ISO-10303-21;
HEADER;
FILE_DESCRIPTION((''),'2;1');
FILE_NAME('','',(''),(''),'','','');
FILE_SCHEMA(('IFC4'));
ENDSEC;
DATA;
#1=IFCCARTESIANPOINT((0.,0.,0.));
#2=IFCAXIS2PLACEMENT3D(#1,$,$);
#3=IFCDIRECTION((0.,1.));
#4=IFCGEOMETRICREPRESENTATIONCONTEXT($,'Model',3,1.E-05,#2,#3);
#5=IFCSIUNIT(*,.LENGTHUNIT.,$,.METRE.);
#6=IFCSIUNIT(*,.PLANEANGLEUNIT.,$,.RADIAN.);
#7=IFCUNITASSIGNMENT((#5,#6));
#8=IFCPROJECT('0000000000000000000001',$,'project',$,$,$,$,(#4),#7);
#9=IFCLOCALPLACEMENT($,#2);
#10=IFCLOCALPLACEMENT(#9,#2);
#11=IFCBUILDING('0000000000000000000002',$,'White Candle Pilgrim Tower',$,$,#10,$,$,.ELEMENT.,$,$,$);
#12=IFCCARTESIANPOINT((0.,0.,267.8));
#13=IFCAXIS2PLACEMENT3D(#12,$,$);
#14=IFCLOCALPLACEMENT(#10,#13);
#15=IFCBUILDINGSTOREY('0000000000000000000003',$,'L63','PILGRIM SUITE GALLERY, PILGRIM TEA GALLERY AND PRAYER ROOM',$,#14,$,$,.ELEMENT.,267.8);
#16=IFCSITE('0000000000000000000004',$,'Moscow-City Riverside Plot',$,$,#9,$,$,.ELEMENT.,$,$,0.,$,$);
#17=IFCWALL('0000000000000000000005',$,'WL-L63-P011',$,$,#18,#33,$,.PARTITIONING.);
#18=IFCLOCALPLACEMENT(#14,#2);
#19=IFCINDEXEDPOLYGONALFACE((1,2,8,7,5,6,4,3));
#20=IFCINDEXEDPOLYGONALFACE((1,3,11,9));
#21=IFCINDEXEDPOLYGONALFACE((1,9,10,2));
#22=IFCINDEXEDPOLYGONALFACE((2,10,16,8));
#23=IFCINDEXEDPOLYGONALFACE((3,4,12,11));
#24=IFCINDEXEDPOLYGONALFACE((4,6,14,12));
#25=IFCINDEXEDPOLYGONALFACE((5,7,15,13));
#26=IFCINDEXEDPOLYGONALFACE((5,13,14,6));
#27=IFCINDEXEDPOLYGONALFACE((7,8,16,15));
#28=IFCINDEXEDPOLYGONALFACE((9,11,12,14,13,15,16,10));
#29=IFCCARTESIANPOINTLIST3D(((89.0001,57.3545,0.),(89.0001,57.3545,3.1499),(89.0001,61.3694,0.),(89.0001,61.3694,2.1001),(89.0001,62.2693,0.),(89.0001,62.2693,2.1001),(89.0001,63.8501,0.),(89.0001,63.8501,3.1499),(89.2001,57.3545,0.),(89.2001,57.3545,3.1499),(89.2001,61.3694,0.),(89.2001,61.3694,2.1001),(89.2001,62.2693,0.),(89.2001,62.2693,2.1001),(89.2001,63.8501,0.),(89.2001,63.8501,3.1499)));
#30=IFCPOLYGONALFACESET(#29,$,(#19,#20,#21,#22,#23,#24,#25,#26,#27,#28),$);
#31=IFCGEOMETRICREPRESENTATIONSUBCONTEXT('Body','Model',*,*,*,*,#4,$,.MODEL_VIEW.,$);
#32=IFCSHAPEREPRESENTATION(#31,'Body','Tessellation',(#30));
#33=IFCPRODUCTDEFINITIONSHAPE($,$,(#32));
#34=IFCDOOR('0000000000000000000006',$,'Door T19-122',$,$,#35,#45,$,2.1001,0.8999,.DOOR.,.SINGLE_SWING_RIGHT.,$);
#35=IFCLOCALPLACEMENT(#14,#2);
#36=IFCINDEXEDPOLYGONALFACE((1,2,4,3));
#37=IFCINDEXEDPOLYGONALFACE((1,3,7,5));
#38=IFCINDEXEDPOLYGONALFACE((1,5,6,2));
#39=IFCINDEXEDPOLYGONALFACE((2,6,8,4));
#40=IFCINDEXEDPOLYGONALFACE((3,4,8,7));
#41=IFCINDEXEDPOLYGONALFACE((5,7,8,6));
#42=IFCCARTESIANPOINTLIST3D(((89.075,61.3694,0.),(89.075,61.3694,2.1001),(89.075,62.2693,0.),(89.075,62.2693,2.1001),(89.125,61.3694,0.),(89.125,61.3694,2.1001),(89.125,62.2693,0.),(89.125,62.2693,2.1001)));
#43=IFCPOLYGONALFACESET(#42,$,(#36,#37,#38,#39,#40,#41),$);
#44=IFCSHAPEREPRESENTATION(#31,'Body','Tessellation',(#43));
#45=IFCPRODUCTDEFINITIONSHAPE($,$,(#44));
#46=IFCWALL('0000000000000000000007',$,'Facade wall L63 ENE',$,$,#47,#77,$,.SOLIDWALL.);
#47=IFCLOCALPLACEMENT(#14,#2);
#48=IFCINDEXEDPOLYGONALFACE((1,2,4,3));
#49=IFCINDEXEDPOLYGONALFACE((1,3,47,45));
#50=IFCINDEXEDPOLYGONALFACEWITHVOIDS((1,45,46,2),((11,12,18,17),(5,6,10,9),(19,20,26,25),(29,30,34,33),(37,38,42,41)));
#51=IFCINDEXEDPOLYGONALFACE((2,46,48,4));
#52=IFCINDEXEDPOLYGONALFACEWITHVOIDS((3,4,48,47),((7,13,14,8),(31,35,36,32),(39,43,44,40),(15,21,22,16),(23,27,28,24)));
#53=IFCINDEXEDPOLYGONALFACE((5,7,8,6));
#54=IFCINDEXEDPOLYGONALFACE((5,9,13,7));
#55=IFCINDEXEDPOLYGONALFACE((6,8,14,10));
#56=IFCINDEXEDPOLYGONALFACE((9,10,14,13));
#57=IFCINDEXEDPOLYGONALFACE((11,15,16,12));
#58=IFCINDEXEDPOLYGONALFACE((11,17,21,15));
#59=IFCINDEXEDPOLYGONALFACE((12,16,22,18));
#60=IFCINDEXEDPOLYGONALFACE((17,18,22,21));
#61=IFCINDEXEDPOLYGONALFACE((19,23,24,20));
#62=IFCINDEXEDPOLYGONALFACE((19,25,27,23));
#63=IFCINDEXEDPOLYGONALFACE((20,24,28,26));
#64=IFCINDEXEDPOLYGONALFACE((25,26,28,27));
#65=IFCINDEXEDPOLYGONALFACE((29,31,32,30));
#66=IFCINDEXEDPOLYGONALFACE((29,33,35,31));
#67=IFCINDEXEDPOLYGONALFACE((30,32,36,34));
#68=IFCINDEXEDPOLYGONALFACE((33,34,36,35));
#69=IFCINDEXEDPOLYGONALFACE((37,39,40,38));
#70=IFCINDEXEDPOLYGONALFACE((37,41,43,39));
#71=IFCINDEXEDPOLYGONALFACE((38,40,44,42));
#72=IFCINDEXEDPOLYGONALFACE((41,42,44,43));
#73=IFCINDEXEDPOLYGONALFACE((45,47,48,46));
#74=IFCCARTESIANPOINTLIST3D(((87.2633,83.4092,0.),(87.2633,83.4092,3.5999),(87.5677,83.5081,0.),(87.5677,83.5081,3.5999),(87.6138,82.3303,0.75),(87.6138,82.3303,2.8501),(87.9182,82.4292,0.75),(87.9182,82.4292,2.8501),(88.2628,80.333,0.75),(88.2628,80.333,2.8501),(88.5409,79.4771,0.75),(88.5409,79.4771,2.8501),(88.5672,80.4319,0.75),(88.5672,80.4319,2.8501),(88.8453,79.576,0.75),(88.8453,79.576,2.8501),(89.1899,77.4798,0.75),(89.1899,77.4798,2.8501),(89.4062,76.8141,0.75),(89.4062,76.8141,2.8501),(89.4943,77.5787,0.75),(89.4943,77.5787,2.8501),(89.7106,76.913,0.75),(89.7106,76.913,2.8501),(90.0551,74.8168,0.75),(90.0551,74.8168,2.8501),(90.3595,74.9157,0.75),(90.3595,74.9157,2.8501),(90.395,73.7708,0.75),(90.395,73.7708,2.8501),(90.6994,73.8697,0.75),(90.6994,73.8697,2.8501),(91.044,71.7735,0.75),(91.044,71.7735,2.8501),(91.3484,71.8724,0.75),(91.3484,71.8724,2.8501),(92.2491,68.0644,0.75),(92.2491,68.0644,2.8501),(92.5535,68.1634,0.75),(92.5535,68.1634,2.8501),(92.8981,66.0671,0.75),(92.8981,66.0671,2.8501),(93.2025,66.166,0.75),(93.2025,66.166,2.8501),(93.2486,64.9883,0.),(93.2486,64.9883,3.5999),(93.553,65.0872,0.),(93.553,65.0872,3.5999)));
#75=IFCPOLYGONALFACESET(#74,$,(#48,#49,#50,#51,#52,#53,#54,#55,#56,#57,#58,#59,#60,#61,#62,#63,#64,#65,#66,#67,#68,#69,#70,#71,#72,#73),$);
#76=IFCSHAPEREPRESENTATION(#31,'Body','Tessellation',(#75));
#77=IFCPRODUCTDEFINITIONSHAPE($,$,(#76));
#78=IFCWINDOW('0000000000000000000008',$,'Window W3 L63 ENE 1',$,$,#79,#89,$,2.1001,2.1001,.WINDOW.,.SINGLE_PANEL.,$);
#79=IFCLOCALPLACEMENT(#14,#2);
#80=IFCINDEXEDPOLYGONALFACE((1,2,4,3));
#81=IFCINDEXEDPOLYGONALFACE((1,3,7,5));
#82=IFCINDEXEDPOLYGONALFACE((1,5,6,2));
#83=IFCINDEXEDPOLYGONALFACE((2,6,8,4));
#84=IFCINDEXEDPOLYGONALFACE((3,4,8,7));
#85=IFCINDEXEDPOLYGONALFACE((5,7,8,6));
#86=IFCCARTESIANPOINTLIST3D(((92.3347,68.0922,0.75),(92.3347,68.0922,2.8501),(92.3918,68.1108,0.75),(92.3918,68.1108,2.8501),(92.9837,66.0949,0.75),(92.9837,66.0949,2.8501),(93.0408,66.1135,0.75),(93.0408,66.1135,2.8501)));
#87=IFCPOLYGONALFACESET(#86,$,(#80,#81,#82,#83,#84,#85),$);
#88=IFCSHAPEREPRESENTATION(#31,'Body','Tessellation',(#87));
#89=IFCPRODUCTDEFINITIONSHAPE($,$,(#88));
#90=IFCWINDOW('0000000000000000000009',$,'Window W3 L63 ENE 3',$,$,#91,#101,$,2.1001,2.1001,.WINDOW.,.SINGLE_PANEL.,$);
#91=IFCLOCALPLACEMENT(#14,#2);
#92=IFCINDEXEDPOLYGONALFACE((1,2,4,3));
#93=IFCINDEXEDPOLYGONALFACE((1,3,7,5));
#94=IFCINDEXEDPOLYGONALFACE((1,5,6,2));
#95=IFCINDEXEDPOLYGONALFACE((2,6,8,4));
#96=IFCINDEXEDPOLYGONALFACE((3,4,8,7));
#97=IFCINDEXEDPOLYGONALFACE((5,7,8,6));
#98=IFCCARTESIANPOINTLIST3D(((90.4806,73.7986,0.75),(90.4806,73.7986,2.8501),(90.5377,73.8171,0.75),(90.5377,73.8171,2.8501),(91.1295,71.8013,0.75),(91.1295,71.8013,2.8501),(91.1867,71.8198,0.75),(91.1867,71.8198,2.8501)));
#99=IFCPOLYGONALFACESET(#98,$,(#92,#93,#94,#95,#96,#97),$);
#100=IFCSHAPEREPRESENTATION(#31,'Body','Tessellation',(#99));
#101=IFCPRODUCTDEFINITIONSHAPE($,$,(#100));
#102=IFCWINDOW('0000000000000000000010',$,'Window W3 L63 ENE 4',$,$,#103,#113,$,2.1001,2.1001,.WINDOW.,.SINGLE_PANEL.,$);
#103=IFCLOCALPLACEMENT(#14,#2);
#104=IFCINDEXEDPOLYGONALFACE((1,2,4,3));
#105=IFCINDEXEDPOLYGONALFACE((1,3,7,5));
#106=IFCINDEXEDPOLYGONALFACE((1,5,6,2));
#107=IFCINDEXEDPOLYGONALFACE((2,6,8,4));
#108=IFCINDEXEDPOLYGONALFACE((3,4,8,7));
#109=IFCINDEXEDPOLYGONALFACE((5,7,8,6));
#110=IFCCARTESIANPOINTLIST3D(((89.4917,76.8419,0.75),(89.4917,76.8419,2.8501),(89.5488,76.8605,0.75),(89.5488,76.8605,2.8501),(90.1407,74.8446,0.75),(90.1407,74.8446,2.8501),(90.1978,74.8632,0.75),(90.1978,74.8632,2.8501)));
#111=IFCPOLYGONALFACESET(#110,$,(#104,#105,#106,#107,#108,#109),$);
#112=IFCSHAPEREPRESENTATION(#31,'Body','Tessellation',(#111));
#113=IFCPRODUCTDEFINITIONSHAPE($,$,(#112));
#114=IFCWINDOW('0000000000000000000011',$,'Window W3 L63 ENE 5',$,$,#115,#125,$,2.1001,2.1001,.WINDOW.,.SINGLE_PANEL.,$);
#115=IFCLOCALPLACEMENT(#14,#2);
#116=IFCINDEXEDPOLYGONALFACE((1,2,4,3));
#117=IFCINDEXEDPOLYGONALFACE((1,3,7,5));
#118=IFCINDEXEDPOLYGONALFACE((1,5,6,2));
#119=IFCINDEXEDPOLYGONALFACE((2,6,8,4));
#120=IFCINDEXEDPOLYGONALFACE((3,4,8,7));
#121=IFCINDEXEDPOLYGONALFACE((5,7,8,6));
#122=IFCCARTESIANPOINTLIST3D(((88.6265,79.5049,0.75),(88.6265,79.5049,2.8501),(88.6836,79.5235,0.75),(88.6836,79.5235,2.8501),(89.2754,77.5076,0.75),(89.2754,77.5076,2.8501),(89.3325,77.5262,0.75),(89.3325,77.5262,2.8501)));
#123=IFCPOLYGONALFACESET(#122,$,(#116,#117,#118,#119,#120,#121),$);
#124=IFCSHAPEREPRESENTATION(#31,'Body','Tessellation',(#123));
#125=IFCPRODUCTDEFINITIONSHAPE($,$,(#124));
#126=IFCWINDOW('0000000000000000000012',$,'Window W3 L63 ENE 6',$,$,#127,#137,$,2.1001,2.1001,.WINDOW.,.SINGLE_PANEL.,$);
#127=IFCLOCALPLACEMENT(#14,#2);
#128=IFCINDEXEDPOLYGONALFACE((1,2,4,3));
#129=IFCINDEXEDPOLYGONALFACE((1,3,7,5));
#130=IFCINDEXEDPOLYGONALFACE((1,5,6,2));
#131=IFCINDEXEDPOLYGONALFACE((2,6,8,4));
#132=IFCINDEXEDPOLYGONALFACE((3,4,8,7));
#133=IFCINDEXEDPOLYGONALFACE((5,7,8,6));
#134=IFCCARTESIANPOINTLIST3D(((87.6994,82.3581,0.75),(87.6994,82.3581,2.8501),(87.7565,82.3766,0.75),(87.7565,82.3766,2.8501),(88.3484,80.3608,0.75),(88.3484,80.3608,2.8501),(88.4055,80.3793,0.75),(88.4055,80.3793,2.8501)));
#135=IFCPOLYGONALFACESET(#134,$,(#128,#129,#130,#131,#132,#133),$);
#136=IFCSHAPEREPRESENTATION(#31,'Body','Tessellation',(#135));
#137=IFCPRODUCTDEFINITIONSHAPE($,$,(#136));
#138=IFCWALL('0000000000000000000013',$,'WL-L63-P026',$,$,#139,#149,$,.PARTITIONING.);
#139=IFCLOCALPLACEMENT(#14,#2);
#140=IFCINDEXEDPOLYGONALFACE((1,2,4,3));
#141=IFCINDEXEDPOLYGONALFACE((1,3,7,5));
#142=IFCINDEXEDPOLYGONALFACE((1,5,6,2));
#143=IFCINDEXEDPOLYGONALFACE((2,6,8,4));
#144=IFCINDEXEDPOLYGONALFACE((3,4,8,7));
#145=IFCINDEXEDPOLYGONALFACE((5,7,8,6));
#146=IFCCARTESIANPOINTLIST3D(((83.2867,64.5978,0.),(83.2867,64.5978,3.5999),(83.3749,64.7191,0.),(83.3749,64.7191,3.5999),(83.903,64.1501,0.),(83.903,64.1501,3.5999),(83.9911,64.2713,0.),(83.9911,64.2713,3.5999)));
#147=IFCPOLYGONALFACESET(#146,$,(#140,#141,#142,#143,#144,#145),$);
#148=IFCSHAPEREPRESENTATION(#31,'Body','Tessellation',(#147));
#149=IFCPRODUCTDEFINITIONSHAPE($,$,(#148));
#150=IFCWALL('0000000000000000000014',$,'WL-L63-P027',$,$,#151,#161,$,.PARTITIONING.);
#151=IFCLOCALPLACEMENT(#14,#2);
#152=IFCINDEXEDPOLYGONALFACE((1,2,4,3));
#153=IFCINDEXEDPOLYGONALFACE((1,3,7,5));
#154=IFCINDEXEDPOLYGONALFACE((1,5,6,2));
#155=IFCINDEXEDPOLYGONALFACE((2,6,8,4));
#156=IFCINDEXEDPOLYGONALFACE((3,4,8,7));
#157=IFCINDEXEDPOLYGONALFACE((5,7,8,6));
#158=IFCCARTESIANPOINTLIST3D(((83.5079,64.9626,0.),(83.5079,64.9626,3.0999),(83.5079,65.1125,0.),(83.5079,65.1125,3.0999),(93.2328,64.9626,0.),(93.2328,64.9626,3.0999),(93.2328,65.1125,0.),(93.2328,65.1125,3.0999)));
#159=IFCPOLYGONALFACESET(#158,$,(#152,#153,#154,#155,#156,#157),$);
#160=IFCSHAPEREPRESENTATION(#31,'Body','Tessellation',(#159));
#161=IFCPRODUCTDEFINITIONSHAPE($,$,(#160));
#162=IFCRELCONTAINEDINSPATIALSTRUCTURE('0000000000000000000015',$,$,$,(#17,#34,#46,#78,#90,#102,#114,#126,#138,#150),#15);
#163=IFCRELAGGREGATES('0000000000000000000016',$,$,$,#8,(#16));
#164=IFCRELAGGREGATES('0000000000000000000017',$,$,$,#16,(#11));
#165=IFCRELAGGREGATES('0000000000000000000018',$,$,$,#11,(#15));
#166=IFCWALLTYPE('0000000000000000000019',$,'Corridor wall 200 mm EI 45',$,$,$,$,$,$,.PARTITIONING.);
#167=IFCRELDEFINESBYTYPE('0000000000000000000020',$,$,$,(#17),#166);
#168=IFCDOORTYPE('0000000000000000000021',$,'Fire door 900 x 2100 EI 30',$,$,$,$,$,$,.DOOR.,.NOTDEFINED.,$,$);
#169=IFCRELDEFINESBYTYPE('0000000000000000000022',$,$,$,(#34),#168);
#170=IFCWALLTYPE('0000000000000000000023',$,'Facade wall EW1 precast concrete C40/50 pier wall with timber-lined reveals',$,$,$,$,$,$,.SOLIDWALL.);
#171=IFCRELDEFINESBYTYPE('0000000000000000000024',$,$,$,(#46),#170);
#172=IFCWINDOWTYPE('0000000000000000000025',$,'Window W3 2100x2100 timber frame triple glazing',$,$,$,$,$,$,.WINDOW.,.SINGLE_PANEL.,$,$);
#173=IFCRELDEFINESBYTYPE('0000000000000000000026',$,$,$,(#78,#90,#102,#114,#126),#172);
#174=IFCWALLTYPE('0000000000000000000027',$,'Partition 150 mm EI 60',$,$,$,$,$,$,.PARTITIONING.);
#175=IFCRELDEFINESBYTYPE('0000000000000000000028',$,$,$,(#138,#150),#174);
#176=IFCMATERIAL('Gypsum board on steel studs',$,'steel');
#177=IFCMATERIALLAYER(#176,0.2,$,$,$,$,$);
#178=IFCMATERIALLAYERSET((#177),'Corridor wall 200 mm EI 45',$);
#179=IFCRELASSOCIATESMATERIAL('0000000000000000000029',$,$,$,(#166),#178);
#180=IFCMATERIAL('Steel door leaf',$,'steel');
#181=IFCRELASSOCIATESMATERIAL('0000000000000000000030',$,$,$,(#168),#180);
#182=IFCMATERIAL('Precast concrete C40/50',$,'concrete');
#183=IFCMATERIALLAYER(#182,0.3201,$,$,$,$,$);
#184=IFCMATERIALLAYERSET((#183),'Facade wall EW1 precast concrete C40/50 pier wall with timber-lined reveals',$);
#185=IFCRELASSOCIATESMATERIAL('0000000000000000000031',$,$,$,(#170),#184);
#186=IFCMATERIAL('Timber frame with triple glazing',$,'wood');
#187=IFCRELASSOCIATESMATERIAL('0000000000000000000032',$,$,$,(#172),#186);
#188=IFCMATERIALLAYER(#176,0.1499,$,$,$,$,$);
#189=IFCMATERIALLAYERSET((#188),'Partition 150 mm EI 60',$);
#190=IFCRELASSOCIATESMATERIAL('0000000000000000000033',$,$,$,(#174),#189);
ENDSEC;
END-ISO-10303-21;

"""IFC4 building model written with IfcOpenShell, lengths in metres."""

from ifc_helpers import new_model, si_unit, direction, frame, frame_2d, origin, place, context, subcontext, project, spatial, rectangle, extrude, material, layer, layer_set, type_object, element, fill, save


model = new_model("IFC4")

# Units and contexts
model_context = context("Model", 3, precision=1e-05, world=origin(), true_north=direction((0.0, 1.0)))
body_context = subcontext(model_context, "Body", "Model", "MODEL_VIEW")
ifc_project = project(units=[si_unit("LENGTHUNIT", "METRE"), si_unit("PLANEANGLEUNIT", "RADIAN")], contexts=[model_context])

# Site, building, storey
site_placement = place(None, origin())
site = spatial("IfcSite", under=ifc_project, at=site_placement, Name="Moscow-City Riverside Plot", CompositionType="ELEMENT", RefElevation=0.0)
building_placement = place(site_placement, origin())
building = spatial("IfcBuilding", under=site, at=building_placement, Name="White Candle Pilgrim Tower", CompositionType="ELEMENT")
storey_placement = place(building_placement, frame((0.0, 0.0, 267.8)))
storey = spatial("IfcBuildingStorey", under=building, at=storey_placement, Name="L63", Description="PILGRIM SUITE GALLERY, PILGRIM TEA GALLERY AND PRAYER ROOM", CompositionType="ELEMENT", Elevation=267.8)

# Shared definitions
ifc_material_1 = material(Name="Gypsum board on steel studs", Category="steel")
ifc_layer_1 = layer(ifc_material_1, 0.2)
ifc_layer_set_1 = layer_set([ifc_layer_1], Name="Corridor wall 200 mm EI 45")
wall_type_1 = type_object("IfcWallType", Name="Corridor wall 200 mm EI 45", PredefinedType="PARTITIONING", material=ifc_layer_set_1)

# Shared definitions
ifc_material_2 = material(Name="Steel door leaf", Category="steel")
door_type = type_object("IfcDoorType", Name="Fire door 900 x 2100 EI 30", OperationType="NOTDEFINED", PredefinedType="DOOR", material=ifc_material_2)

# Wall, opening, door
wall_1_placement = place(storey_placement, frame((89.1001, 63.8501, 0.0), z_axis=(0.0, 0.0, 1.0), x_axis=(0.0, -1.0, 0.0)))
wall_1 = element("IfcWall", 1, at=wall_1_placement, inside=storey, type_object=wall_type_1, Name="WL-L63-P011", PredefinedType="PARTITIONING", context=body_context, shape_type="SweptSolid", body=[
    extrude(rectangle(XDim=6.4956, YDim=0.2, at=frame_2d((3.2478, 0.0))), origin(), (0.0, 0.0, 1.0), 3.1499),
])
opening_1_placement = place(wall_1_placement, frame((1.5808, 0.0, 0.0)))
opening_1 = element("IfcOpeningElement", 2, at=opening_1_placement, cuts=wall_1, PredefinedType="OPENING", context=body_context, shape_type="SweptSolid", body=[
    extrude(rectangle(XDim=0.8999, YDim=2.1001, at=frame_2d((0.45, 1.05))), frame((0.0, 0.1099, 0.0), z_axis=(0.0, -1.0, 0.0), x_axis=(1.0, 0.0, 0.0)), (0.0, 0.0, 1.0), 0.22),
])
door_1_placement = place(opening_1_placement, origin())
door_1 = element("IfcDoor", 3, at=door_1_placement, inside=storey, type_object=door_type, Name="Door T19-122", OperationType="SINGLE_SWING_RIGHT", OverallHeight=2.1001, OverallWidth=0.8999, PredefinedType="DOOR", context=body_context, shape_type="SweptSolid", body=[
    extrude(rectangle(XDim=0.8999, YDim=2.1001, at=frame_2d((0.45, 1.05))), frame((0.0, 0.0249, 0.0), z_axis=(0.0, -1.0, 0.0), x_axis=(1.0, 0.0, 0.0)), (0.0, 0.0, 1.0), 0.05),
])
fill(opening_1, door_1)

# Wall, openings, windows
ifc_material_3 = material(Name="Precast concrete C40/50", Category="concrete")
ifc_layer_2 = layer(ifc_material_3, 0.3201)
ifc_layer_set_2 = layer_set([ifc_layer_2], Name="Facade wall EW1 precast concrete C40/50 pier wall with timber-lined reveals")
wall_type_2 = type_object("IfcWallType", Name="Facade wall EW1 precast concrete C40/50 pier wall with timber-lined reveals", PredefinedType="SOLIDWALL", material=ifc_layer_set_2)
wall_2_placement = place(storey_placement, frame((93.4009, 65.0376, 0.0), z_axis=(0.0, 0.0, 1.0), x_axis=(-0.309019, 0.951056, 0.0)))
wall_2 = element("IfcWall", 4, at=wall_2_placement, inside=storey, type_object=wall_type_2, Name="Facade wall L63 ENE", PredefinedType="SOLIDWALL", context=body_context, shape_type="SweptSolid", body=[
    extrude(rectangle(XDim=19.3689, YDim=0.3201, at=frame_2d((9.6846, 0.0))), origin(), (0.0, 0.0, 1.0), 3.5999),
])
opening_2_placement = place(wall_2_placement, frame((1.1345, 0.0, 0.75)))
opening_2 = element("IfcOpeningElement", 5, at=opening_2_placement, cuts=wall_2, PredefinedType="OPENING", context=body_context, shape_type="SweptSolid", body=[
    extrude(rectangle(XDim=2.1001, YDim=2.1001, at=frame_2d((1.05, 1.05))), frame((0.0, 0.1699, 0.0), z_axis=(0.0, -1.0, 0.0), x_axis=(1.0, 0.0, 0.0)), (0.0, 0.0, 1.0), 0.3401),
])
opening_3_placement = place(wall_2_placement, frame((7.1345, 0.0, 0.75)))
opening_3 = element("IfcOpeningElement", 6, at=opening_3_placement, cuts=wall_2, PredefinedType="OPENING", context=body_context, shape_type="SweptSolid", body=[
    extrude(rectangle(XDim=2.1001, YDim=2.1001, at=frame_2d((1.05, 1.05))), frame((0.0, 0.1699, 0.0), z_axis=(0.0, -1.0, 0.0), x_axis=(1.0, 0.0, 0.0)), (0.0, 0.0, 1.0), 0.3401),
])
opening_4_placement = place(wall_2_placement, frame((10.3345, 0.0, 0.75)))
opening_4 = element("IfcOpeningElement", 7, at=opening_4_placement, cuts=wall_2, PredefinedType="OPENING", context=body_context, shape_type="SweptSolid", body=[
    extrude(rectangle(XDim=2.1001, YDim=2.1001, at=frame_2d((1.05, 1.05))), frame((0.0, 0.1699, 0.0), z_axis=(0.0, -1.0, 0.0), x_axis=(1.0, 0.0, 0.0)), (0.0, 0.0, 1.0), 0.3401),
])
opening_5_placement = place(wall_2_placement, frame((13.1345, 0.0, 0.75)))
opening_5 = element("IfcOpeningElement", 8, at=opening_5_placement, cuts=wall_2, PredefinedType="OPENING", context=body_context, shape_type="SweptSolid", body=[
    extrude(rectangle(XDim=2.1001, YDim=2.1001, at=frame_2d((1.05, 1.05))), frame((0.0, 0.1699, 0.0), z_axis=(0.0, -1.0, 0.0), x_axis=(1.0, 0.0, 0.0)), (0.0, 0.0, 1.0), 0.3401),
])
opening_6_placement = place(wall_2_placement, frame((16.1345, 0.0, 0.75)))
opening_6 = element("IfcOpeningElement", 9, at=opening_6_placement, cuts=wall_2, PredefinedType="OPENING", context=body_context, shape_type="SweptSolid", body=[
    extrude(rectangle(XDim=2.1001, YDim=2.1001, at=frame_2d((1.05, 1.05))), frame((0.0, 0.1699, 0.0), z_axis=(0.0, -1.0, 0.0), x_axis=(1.0, 0.0, 0.0)), (0.0, 0.0, 1.0), 0.3401),
])
ifc_material_4 = material(Name="Timber frame with triple glazing", Category="wood")
window_type = type_object("IfcWindowType", Name="Window W3 2100x2100 timber frame triple glazing", PartitioningType="SINGLE_PANEL", PredefinedType="WINDOW", material=ifc_material_4)
window_1_placement = place(opening_2_placement, origin())
window_1 = element("IfcWindow", 10, at=window_1_placement, inside=storey, type_object=window_type, Name="Window W3 L63 ENE 1", OverallHeight=2.1001, OverallWidth=2.1001, PartitioningType="SINGLE_PANEL", PredefinedType="WINDOW", context=body_context, shape_type="SweptSolid", body=[
    extrude(rectangle(XDim=2.1001, YDim=2.1001, at=frame_2d((1.05, 1.05))), frame((0.0, 0.0701, 0.0), z_axis=(0.0, -1.0, 0.0), x_axis=(1.0, 0.0, 0.0)), (0.0, 0.0, 1.0), 0.0601),
])
fill(opening_2, window_1)
window_2_placement = place(opening_3_placement, origin())
window_2 = element("IfcWindow", 11, at=window_2_placement, inside=storey, type_object=window_type, Name="Window W3 L63 ENE 3", OverallHeight=2.1001, OverallWidth=2.1001, PartitioningType="SINGLE_PANEL", PredefinedType="WINDOW", context=body_context, shape_type="SweptSolid", body=[
    extrude(rectangle(XDim=2.1001, YDim=2.1001, at=frame_2d((1.05, 1.05))), frame((0.0, 0.0701, 0.0), z_axis=(0.0, -1.0, 0.0), x_axis=(1.0, 0.0, 0.0)), (0.0, 0.0, 1.0), 0.0601),
])
fill(opening_3, window_2)
window_3_placement = place(opening_4_placement, origin())
window_3 = element("IfcWindow", 12, at=window_3_placement, inside=storey, type_object=window_type, Name="Window W3 L63 ENE 4", OverallHeight=2.1001, OverallWidth=2.1001, PartitioningType="SINGLE_PANEL", PredefinedType="WINDOW", context=body_context, shape_type="SweptSolid", body=[
    extrude(rectangle(XDim=2.1001, YDim=2.1001, at=frame_2d((1.05, 1.05))), frame((0.0, 0.0701, 0.0), z_axis=(0.0, -1.0, 0.0), x_axis=(1.0, 0.0, 0.0)), (0.0, 0.0, 1.0), 0.0601),
])
fill(opening_4, window_3)
window_4_placement = place(opening_5_placement, origin())
window_4 = element("IfcWindow", 13, at=window_4_placement, inside=storey, type_object=window_type, Name="Window W3 L63 ENE 5", OverallHeight=2.1001, OverallWidth=2.1001, PartitioningType="SINGLE_PANEL", PredefinedType="WINDOW", context=body_context, shape_type="SweptSolid", body=[
    extrude(rectangle(XDim=2.1001, YDim=2.1001, at=frame_2d((1.05, 1.05))), frame((0.0, 0.0701, 0.0), z_axis=(0.0, -1.0, 0.0), x_axis=(1.0, 0.0, 0.0)), (0.0, 0.0, 1.0), 0.0601),
])
fill(opening_5, window_4)
window_5_placement = place(opening_6_placement, origin())
window_5 = element("IfcWindow", 14, at=window_5_placement, inside=storey, type_object=window_type, Name="Window W3 L63 ENE 6", OverallHeight=2.1001, OverallWidth=2.1001, PartitioningType="SINGLE_PANEL", PredefinedType="WINDOW", context=body_context, shape_type="SweptSolid", body=[
    extrude(rectangle(XDim=2.1001, YDim=2.1001, at=frame_2d((1.05, 1.05))), frame((0.0, 0.0701, 0.0), z_axis=(0.0, -1.0, 0.0), x_axis=(1.0, 0.0, 0.0)), (0.0, 0.0, 1.0), 0.0601),
])
fill(opening_6, window_5)

# Walls
ifc_layer_3 = layer(ifc_material_1, 0.1499)
ifc_layer_set_3 = layer_set([ifc_layer_3], Name="Partition 150 mm EI 60")
wall_type_3 = type_object("IfcWallType", Name="Partition 150 mm EI 60", PredefinedType="PARTITIONING", material=ifc_layer_set_3)
wall_3_placement = place(storey_placement, frame((83.947, 64.2107, 0.0), z_axis=(0.0, 0.0, 1.0), x_axis=(-0.808985, 0.587829, 0.0)))
element("IfcWall", 15, at=wall_3_placement, inside=storey, type_object=wall_type_3, Name="WL-L63-P026", PredefinedType="PARTITIONING", context=body_context, shape_type="SweptSolid", body=[
    extrude(rectangle(XDim=0.7617, YDim=0.1499, at=frame_2d((0.3809, 0.0))), origin(), (0.0, 0.0, 1.0), 3.5999),
])
wall_4_placement = place(storey_placement, frame((93.2327, 65.0376, 0.0), z_axis=(0.0, 0.0, 1.0), x_axis=(-1.0, 0.0, 0.0)))
element("IfcWall", 16, at=wall_4_placement, inside=storey, type_object=wall_type_3, Name="WL-L63-P027", PredefinedType="PARTITIONING", context=body_context, shape_type="SweptSolid", body=[
    extrude(rectangle(XDim=9.7249, YDim=0.1499, at=frame_2d((4.8623, 0.0))), origin(), (0.0, 0.0, 1.0), 3.0999),
])

save(model, "model.ifc")
